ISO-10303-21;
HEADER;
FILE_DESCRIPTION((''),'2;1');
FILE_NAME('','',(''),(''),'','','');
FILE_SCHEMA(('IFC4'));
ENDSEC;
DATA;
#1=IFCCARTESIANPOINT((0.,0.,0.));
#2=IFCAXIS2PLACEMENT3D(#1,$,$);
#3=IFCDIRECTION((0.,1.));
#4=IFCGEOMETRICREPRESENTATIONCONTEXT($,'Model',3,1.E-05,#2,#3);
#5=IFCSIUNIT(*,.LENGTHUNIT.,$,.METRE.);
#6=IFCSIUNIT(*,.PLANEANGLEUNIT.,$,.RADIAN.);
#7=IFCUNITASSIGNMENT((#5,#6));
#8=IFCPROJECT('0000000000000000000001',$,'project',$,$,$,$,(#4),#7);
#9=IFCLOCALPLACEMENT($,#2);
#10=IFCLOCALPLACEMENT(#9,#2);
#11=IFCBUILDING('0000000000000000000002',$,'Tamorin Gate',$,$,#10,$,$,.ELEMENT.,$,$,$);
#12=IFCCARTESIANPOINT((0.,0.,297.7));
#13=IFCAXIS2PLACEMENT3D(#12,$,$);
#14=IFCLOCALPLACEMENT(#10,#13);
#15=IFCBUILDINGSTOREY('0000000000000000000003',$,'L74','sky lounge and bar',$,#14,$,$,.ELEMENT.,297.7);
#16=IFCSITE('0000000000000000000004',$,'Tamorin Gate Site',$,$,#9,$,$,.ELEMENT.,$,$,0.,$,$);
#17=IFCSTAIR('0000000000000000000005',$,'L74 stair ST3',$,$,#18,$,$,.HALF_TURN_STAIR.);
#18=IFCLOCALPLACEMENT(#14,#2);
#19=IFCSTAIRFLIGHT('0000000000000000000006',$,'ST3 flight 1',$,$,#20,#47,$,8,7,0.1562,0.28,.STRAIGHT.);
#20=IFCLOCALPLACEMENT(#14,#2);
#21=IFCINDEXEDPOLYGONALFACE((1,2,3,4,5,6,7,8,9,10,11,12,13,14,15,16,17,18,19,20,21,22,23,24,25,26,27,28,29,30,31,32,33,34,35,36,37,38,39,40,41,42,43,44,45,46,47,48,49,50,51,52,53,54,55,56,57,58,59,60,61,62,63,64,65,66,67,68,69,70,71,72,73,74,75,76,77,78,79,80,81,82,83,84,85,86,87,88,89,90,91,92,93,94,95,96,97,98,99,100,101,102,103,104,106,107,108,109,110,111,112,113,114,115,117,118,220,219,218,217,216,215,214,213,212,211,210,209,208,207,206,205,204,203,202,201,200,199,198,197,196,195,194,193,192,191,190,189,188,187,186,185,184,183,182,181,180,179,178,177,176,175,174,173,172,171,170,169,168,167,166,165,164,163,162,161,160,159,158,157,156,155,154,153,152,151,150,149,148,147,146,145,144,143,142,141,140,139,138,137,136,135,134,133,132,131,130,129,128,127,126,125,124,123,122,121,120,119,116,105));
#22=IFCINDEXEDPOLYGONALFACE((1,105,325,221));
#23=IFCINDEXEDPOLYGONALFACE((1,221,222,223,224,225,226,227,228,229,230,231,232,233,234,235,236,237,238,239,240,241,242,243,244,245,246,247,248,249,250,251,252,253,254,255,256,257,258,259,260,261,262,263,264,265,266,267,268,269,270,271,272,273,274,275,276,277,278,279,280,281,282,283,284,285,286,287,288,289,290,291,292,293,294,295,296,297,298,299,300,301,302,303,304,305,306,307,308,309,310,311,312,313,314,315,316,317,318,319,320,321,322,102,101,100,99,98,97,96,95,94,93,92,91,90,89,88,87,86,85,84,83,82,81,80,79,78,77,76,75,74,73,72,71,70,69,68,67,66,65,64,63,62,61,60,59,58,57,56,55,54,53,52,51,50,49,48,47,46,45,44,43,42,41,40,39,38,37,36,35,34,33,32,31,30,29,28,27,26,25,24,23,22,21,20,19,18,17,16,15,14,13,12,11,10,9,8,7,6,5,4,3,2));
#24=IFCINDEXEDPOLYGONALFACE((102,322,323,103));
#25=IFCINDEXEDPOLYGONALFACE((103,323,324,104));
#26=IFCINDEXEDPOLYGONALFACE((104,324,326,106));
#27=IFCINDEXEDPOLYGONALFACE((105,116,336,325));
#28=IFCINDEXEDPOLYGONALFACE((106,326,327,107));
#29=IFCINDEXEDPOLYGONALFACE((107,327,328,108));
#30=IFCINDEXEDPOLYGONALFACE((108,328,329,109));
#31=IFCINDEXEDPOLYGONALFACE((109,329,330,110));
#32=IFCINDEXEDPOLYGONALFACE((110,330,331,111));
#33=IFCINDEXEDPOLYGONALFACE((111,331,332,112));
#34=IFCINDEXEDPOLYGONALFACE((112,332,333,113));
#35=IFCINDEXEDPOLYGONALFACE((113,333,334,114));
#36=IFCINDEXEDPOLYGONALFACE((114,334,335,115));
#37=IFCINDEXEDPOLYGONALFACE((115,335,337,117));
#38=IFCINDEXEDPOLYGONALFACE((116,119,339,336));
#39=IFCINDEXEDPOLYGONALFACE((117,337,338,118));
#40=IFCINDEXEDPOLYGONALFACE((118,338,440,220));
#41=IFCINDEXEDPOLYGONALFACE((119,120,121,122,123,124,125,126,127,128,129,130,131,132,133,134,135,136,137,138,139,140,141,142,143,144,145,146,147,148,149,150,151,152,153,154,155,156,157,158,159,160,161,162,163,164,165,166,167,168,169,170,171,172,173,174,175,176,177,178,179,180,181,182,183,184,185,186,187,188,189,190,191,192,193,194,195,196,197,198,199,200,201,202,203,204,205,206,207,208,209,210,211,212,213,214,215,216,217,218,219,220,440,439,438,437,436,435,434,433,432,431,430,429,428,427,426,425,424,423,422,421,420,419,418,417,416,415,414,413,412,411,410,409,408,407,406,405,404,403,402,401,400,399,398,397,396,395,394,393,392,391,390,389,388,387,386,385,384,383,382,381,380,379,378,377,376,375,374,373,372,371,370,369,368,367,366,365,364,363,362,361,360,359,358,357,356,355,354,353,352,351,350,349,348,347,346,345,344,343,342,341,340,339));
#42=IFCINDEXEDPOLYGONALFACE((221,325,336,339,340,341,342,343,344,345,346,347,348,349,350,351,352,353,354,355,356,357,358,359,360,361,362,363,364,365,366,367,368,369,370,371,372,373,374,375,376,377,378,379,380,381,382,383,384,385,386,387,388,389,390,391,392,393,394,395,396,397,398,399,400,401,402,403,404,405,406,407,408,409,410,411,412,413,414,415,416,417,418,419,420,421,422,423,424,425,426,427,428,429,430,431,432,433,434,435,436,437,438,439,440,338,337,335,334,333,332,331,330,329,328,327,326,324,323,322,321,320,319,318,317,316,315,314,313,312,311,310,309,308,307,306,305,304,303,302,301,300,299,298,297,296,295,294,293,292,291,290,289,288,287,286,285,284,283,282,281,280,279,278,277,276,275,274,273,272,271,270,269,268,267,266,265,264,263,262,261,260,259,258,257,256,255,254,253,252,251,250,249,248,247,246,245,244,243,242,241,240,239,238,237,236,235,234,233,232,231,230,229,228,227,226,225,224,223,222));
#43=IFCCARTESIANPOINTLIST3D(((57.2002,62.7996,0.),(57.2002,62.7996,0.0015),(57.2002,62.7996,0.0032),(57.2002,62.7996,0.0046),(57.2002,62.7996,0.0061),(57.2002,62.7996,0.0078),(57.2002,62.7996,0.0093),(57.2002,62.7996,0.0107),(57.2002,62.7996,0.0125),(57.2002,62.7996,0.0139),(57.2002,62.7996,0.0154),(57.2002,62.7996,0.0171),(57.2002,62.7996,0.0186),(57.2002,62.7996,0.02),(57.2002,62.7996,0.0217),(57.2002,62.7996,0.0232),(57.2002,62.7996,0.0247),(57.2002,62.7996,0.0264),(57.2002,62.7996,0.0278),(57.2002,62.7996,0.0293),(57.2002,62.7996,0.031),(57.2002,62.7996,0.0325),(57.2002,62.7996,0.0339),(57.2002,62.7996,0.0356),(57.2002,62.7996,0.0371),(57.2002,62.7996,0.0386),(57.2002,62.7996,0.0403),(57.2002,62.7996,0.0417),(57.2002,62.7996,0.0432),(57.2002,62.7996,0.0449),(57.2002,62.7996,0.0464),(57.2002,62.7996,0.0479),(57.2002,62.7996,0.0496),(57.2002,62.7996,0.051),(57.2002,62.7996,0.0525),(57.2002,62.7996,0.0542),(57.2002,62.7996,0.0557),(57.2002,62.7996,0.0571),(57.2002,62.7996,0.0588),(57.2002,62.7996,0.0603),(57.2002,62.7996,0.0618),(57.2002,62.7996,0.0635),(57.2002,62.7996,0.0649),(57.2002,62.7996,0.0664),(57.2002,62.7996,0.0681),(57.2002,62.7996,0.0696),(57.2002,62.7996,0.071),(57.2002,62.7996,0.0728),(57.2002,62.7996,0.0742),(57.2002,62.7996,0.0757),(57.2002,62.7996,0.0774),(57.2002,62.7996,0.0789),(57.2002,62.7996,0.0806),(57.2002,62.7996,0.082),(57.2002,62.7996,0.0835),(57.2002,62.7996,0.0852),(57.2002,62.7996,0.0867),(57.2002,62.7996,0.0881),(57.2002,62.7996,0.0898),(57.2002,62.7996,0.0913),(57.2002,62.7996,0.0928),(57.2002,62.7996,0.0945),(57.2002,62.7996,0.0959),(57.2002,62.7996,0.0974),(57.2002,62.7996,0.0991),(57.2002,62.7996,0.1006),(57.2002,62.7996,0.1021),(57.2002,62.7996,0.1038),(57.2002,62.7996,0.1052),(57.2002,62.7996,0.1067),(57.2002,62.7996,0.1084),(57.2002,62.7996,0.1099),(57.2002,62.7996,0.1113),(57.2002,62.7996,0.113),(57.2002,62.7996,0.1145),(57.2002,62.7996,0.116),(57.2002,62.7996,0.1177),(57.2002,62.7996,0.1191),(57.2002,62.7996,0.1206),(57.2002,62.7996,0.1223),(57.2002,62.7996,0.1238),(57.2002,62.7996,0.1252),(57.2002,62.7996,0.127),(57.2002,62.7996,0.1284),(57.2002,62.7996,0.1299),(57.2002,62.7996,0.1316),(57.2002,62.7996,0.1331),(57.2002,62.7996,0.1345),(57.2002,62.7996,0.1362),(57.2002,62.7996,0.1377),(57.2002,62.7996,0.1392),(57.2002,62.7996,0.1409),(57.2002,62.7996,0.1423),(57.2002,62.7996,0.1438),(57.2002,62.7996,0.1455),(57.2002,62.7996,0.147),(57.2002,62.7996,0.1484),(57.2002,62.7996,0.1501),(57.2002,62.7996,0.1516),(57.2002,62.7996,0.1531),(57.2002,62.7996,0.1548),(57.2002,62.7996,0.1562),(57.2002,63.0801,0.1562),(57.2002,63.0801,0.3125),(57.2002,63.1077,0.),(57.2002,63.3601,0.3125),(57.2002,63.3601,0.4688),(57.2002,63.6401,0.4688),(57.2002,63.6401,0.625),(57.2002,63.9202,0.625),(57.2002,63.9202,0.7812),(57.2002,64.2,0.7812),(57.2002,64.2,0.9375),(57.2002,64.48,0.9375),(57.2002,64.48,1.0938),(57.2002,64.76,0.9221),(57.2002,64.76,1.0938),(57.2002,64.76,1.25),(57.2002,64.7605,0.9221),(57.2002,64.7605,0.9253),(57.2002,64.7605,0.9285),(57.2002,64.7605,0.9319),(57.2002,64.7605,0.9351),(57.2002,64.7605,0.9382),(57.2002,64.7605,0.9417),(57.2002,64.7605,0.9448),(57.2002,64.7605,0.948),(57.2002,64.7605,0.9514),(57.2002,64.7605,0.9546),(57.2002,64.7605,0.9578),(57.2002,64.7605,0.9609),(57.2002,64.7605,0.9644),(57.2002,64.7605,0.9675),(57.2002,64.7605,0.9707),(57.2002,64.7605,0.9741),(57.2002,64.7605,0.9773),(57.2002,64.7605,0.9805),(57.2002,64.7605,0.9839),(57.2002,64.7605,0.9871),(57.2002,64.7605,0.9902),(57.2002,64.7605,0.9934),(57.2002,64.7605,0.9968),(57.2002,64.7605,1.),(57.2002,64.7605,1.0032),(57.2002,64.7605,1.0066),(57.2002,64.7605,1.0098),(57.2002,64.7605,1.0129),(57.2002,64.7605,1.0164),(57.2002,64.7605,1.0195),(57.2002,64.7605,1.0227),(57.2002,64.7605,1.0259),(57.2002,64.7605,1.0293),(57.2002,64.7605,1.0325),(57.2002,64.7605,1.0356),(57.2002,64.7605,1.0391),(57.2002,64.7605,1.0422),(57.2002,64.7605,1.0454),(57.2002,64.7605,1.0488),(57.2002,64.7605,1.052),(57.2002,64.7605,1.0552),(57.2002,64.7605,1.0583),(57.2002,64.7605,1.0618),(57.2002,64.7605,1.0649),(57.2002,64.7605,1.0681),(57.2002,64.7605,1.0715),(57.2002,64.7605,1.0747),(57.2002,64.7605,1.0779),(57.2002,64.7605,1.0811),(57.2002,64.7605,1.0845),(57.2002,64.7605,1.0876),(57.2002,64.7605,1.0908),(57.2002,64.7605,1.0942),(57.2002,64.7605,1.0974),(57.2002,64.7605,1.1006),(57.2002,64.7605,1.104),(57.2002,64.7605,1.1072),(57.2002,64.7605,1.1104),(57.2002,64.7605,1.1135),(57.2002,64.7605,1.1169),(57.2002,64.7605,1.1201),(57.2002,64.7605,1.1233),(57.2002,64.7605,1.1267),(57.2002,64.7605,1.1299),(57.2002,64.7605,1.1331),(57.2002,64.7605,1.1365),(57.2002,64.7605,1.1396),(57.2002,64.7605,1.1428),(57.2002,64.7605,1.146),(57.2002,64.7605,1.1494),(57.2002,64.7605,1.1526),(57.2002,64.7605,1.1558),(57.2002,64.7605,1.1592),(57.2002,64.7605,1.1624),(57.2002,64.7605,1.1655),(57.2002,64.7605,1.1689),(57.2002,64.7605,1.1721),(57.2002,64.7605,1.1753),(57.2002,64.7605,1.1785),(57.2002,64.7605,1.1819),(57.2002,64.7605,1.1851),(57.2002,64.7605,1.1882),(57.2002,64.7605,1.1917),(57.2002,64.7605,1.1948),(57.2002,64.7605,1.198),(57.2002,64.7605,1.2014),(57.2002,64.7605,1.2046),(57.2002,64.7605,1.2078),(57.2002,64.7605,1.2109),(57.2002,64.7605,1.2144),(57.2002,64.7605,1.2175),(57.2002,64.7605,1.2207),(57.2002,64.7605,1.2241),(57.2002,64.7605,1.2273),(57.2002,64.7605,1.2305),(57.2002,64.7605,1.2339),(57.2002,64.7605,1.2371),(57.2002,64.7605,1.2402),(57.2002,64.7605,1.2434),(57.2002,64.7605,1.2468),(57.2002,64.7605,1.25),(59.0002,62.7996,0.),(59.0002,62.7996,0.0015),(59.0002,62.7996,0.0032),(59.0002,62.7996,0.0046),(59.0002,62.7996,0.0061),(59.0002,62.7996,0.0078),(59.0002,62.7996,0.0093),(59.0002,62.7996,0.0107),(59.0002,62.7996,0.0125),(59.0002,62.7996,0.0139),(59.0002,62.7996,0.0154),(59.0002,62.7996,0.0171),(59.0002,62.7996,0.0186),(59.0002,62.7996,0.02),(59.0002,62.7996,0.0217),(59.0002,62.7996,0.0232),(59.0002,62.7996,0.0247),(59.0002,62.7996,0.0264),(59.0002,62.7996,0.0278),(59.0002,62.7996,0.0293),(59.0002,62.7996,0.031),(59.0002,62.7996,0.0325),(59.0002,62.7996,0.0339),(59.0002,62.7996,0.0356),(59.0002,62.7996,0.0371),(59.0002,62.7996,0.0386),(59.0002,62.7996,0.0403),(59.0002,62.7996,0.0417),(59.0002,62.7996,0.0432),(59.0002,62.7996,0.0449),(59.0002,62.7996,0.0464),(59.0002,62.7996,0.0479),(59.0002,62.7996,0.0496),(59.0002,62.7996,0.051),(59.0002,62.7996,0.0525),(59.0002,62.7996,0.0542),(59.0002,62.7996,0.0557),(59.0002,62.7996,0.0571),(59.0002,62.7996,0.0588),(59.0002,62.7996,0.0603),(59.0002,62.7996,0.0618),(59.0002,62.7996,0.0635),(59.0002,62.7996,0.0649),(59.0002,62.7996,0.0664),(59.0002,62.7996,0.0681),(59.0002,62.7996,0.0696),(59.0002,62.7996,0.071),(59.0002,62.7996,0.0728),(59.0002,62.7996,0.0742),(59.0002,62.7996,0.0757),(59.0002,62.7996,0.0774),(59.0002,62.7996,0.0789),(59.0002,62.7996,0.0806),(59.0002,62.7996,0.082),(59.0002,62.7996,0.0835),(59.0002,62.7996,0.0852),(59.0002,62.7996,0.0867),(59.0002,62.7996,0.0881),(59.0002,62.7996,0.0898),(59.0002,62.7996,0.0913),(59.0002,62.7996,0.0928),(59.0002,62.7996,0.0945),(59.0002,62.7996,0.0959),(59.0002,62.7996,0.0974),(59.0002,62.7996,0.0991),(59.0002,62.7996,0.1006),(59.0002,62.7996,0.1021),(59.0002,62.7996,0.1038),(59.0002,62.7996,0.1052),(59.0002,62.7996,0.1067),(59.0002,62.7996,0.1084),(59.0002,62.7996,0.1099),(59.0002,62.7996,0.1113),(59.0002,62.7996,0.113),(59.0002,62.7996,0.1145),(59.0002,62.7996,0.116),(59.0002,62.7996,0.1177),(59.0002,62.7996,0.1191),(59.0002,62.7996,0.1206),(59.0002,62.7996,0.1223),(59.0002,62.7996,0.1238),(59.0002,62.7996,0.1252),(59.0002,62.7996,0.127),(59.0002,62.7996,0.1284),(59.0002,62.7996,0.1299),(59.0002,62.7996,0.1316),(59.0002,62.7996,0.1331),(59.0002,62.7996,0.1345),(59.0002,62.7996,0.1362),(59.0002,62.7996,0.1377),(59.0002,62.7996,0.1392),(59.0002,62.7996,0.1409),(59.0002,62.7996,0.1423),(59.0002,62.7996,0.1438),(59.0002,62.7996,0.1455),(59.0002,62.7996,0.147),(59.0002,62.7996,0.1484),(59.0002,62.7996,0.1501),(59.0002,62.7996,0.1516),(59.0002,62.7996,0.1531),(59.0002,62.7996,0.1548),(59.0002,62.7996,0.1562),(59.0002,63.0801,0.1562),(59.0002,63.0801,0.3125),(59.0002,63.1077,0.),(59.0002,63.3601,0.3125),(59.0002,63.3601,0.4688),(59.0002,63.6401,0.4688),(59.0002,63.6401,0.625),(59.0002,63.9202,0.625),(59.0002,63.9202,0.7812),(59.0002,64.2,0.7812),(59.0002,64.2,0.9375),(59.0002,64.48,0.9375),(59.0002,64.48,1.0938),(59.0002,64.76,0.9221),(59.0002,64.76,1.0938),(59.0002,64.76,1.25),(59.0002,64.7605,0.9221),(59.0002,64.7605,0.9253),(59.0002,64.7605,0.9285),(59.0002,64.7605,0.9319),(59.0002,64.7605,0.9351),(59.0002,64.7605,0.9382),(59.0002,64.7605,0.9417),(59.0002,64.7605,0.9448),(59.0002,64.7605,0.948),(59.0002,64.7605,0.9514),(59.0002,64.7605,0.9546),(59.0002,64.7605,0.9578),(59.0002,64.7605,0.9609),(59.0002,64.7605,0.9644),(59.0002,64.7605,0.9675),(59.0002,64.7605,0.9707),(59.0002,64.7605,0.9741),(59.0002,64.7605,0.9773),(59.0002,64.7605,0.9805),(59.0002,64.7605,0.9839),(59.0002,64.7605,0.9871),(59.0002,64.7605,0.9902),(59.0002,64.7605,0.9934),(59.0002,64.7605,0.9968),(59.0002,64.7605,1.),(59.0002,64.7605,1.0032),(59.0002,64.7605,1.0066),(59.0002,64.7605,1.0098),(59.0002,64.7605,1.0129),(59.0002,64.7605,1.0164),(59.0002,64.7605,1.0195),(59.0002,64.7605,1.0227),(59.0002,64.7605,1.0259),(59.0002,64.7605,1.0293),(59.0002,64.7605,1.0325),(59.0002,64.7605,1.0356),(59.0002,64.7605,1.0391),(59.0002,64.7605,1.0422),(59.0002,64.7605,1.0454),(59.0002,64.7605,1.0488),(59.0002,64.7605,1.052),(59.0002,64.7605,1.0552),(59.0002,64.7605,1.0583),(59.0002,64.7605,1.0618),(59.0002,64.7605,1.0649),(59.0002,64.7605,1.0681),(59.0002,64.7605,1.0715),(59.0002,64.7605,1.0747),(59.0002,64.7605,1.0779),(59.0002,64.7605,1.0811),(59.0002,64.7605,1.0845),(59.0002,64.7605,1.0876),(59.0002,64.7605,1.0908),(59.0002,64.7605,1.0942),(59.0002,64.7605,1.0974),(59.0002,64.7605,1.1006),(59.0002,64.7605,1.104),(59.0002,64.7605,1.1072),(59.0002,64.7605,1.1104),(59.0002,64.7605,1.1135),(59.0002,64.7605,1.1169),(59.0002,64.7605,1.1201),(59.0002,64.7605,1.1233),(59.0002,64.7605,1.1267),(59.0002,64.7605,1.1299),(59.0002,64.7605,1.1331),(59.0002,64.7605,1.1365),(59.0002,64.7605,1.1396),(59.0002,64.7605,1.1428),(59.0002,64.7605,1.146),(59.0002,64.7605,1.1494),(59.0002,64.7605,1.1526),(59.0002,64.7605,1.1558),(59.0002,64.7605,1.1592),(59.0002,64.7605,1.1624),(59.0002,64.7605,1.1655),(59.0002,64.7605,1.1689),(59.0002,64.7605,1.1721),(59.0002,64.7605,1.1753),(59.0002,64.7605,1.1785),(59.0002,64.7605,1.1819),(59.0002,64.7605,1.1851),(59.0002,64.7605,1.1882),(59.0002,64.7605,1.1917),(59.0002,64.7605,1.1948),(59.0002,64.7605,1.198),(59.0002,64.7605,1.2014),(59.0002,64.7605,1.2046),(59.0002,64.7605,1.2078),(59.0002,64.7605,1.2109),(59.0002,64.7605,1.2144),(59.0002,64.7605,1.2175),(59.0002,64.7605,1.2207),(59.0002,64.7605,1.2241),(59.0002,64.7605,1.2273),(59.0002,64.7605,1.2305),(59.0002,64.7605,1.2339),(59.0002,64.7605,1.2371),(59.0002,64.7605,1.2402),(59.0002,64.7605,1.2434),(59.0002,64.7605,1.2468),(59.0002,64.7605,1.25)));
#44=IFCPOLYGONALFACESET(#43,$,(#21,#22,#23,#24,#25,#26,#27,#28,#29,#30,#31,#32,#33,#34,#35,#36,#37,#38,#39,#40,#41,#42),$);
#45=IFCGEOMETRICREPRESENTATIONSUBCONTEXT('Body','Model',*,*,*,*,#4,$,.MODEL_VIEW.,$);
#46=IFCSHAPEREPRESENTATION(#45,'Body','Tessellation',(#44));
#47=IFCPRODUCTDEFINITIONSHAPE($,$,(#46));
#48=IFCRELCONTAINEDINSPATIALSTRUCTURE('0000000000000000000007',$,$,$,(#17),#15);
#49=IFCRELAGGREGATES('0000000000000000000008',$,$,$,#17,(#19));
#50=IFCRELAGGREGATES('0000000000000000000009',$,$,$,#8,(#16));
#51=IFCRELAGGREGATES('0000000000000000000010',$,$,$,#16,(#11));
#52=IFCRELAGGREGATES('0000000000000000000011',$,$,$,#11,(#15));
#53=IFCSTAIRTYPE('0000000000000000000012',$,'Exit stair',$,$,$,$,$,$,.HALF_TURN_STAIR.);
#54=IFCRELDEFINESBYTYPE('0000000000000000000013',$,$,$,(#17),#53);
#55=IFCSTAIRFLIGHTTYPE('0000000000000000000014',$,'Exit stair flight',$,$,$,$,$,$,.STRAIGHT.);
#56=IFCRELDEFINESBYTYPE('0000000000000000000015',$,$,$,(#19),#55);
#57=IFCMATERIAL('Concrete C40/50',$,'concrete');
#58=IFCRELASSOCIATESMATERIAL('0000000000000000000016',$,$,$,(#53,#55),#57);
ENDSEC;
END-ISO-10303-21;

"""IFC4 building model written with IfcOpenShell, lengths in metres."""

from ifc_helpers import new_model, si_unit, direction, frame, origin, place, context, subcontext, project, spatial, polyline, outline, extrude, material, type_object, element, aggregate, save


model = new_model("IFC4")

# Units and contexts
model_context = context("Model", 3, precision=1e-05, world=origin(), true_north=direction((0.0, 1.0)))
body_context = subcontext(model_context, "Body", "Model", "MODEL_VIEW")
ifc_project = project(units=[si_unit("LENGTHUNIT", "METRE"), si_unit("PLANEANGLEUNIT", "RADIAN")], contexts=[model_context])

# Site, building, storey
site_placement = place(None, origin())
site = spatial("IfcSite", under=ifc_project, at=site_placement, Name="Tamorin Gate Site", CompositionType="ELEMENT", RefElevation=0.0)
building_placement = place(site_placement, origin())
building = spatial("IfcBuilding", under=site, at=building_placement, Name="Tamorin Gate", CompositionType="ELEMENT")
storey_placement = place(building_placement, frame((0.0, 0.0, 297.7)))
storey = spatial("IfcBuildingStorey", under=building, at=storey_placement, Name="L74", Description="sky lounge and bar", CompositionType="ELEMENT", Elevation=297.7)

# Shared definitions
ifc_material_1 = material(Name="Concrete C40/50", Category="concrete")

# Stair, stair flight
stair_type = type_object("IfcStairType", Name="Exit stair", PredefinedType="HALF_TURN_STAIR", material=ifc_material_1)
stair_placement = place(storey_placement, origin())
stair = element("IfcStair", 1, at=stair_placement, inside=storey, type_object=stair_type, Name="L74 stair ST3", PredefinedType="HALF_TURN_STAIR")
stair_flight_type = type_object("IfcStairFlightType", Name="Exit stair flight", PredefinedType="STRAIGHT", material=ifc_material_1)
stair_flight_1_placement = place(storey_placement, frame((58.1001, 62.8, 0.0), z_axis=(0.0, 0.0, 1.0), x_axis=(0.0, 1.0, 0.0)))
stair_flight_1 = element("IfcStairFlight", 2, at=stair_flight_1_placement, type_object=stair_flight_type, Name="ST3 flight 1", NumberOfRisers=8, NumberOfTreads=7, PredefinedType="STRAIGHT", RiserHeight=0.1562, TreadLength=0.28, context=body_context, shape_type="SweptSolid", body=[
    extrude(outline(polyline([(-0.0005, 0.0), (-0.0005, 0.0015), (-0.0005, 0.0032), (-0.0005, 0.0046), (-0.0005, 0.0061), (-0.0005, 0.0078), (-0.0005, 0.0093), (-0.0005, 0.0107), (-0.0005, 0.0125), (-0.0005, 0.0139), (-0.0005, 0.0154), (-0.0005, 0.0171), (-0.0005, 0.0186), (-0.0005, 0.02), (-0.0005, 0.0217), (-0.0005, 0.0232), (-0.0005, 0.0247), (-0.0005, 0.0264), (-0.0005, 0.0278), (-0.0005, 0.0293), (-0.0005, 0.031), (-0.0005, 0.0325), (-0.0005, 0.0339), (-0.0005, 0.0356), (-0.0005, 0.0371), (-0.0005, 0.0386), (-0.0005, 0.0403), (-0.0005, 0.0417), (-0.0005, 0.0432), (-0.0005, 0.0449), (-0.0005, 0.0464), (-0.0005, 0.0479), (-0.0005, 0.0496), (-0.0005, 0.051), (-0.0005, 0.0525), (-0.0005, 0.0542), (-0.0005, 0.0557), (-0.0005, 0.0571), (-0.0005, 0.0588), (-0.0005, 0.0603), (-0.0005, 0.0618), (-0.0005, 0.0635), (-0.0005, 0.0649), (-0.0005, 0.0664), (-0.0005, 0.0681), (-0.0005, 0.0696), (-0.0005, 0.071), (-0.0005, 0.0728), (-0.0005, 0.0742), (-0.0005, 0.0757), (-0.0005, 0.0774), (-0.0005, 0.0789), (-0.0005, 0.0806), (-0.0005, 0.082), (-0.0005, 0.0835), (-0.0005, 0.0852), (-0.0005, 0.0867), (-0.0005, 0.0881), (-0.0005, 0.0898), (-0.0005, 0.0913), (-0.0005, 0.0928), (-0.0005, 0.0945), (-0.0005, 0.0959), (-0.0005, 0.0974), (-0.0005, 0.0991), (-0.0005, 0.1006), (-0.0005, 0.1021), (-0.0005, 0.1038), (-0.0005, 0.1052), (-0.0005, 0.1067), (-0.0005, 0.1084), (-0.0005, 0.1099), (-0.0005, 0.1113), (-0.0005, 0.113), (-0.0005, 0.1145), (-0.0005, 0.116), (-0.0005, 0.1177), (-0.0005, 0.1191), (-0.0005, 0.1206), (-0.0005, 0.1223), (-0.0005, 0.1238), (-0.0005, 0.1252), (-0.0005, 0.127), (-0.0005, 0.1284), (-0.0005, 0.1299), (-0.0005, 0.1316), (-0.0005, 0.1331), (-0.0005, 0.1345), (-0.0005, 0.1362), (-0.0005, 0.1377), (-0.0005, 0.1392), (-0.0005, 0.1409), (-0.0005, 0.1423), (-0.0005, 0.1438), (-0.0005, 0.1455), (-0.0005, 0.147), (-0.0005, 0.1484), (-0.0005, 0.1501), (-0.0005, 0.1516), (-0.0005, 0.1531), (-0.0005, 0.1548), (-0.0005, 0.1562), (0.28, 0.1562), (0.28, 0.3125), (0.5601, 0.3125), (0.5601, 0.4688), (0.8401, 0.4688), (0.8401, 0.625), (1.1201, 0.625), (1.1201, 0.7812), (1.3999, 0.7812), (1.3999, 0.9375), (1.6799, 0.9375), (1.6799, 1.0938), (1.96, 1.0938), (1.96, 1.25), (1.9604, 1.25), (1.9604, 1.2468), (1.9604, 1.2434), (1.9604, 1.2402), (1.9604, 1.2371), (1.9604, 1.2339), (1.9604, 1.2305), (1.9604, 1.2273), (1.9604, 1.2241), (1.9604, 1.2207), (1.9604, 1.2175), (1.9604, 1.2144), (1.9604, 1.2109), (1.9604, 1.2078), (1.9604, 1.2046), (1.9604, 1.2014), (1.9604, 1.198), (1.9604, 1.1948), (1.9604, 1.1917), (1.9604, 1.1882), (1.9604, 1.1851), (1.9604, 1.1819), (1.9604, 1.1785), (1.9604, 1.1753), (1.9604, 1.1721), (1.9604, 1.1689), (1.9604, 1.1655), (1.9604, 1.1624), (1.9604, 1.1592), (1.9604, 1.1558), (1.9604, 1.1526), (1.9604, 1.1494), (1.9604, 1.146), (1.9604, 1.1428), (1.9604, 1.1396), (1.9604, 1.1365), (1.9604, 1.1331), (1.9604, 1.1299), (1.9604, 1.1267), (1.9604, 1.1233), (1.9604, 1.1201), (1.9604, 1.1169), (1.9604, 1.1135), (1.9604, 1.1104), (1.9604, 1.1072), (1.9604, 1.104), (1.9604, 1.1006), (1.9604, 1.0974), (1.9604, 1.0942), (1.9604, 1.0908), (1.9604, 1.0876), (1.9604, 1.0845), (1.9604, 1.0811), (1.9604, 1.0779), (1.9604, 1.0747), (1.9604, 1.0715), (1.9604, 1.0681), (1.9604, 1.0649), (1.9604, 1.0618), (1.9604, 1.0583), (1.9604, 1.0552), (1.9604, 1.052), (1.9604, 1.0488), (1.9604, 1.0454), (1.9604, 1.0422), (1.9604, 1.0391), (1.9604, 1.0356), (1.9604, 1.0325), (1.9604, 1.0293), (1.9604, 1.0259), (1.9604, 1.0227), (1.9604, 1.0195), (1.9604, 1.0164), (1.9604, 1.0129), (1.9604, 1.0098), (1.9604, 1.0066), (1.9604, 1.0032), (1.9604, 1.0), (1.9604, 0.9968), (1.9604, 0.9934), (1.9604, 0.9902), (1.9604, 0.9871), (1.9604, 0.9839), (1.9604, 0.9805), (1.9604, 0.9773), (1.9604, 0.9741), (1.9604, 0.9707), (1.9604, 0.9675), (1.9604, 0.9644), (1.9604, 0.9609), (1.9604, 0.9578), (1.9604, 0.9546), (1.9604, 0.9514), (1.9604, 0.948), (1.9604, 0.9448), (1.9604, 0.9417), (1.9604, 0.9382), (1.9604, 0.9351), (1.9604, 0.9319), (1.9604, 0.9285), (1.9604, 0.9253), (1.9604, 0.9221), (1.96, 0.9221), (0.3076, 0.0), (-0.0005, 0.0)])), frame((0.0, 0.8999, 0.0), z_axis=(0.0, -1.0, 0.0), x_axis=(1.0, 0.0, 0.0)), (0.0, 0.0, 1.0), 1.8),
])
aggregate(stair, [stair_flight_1])

save(model, "model.ifc")
